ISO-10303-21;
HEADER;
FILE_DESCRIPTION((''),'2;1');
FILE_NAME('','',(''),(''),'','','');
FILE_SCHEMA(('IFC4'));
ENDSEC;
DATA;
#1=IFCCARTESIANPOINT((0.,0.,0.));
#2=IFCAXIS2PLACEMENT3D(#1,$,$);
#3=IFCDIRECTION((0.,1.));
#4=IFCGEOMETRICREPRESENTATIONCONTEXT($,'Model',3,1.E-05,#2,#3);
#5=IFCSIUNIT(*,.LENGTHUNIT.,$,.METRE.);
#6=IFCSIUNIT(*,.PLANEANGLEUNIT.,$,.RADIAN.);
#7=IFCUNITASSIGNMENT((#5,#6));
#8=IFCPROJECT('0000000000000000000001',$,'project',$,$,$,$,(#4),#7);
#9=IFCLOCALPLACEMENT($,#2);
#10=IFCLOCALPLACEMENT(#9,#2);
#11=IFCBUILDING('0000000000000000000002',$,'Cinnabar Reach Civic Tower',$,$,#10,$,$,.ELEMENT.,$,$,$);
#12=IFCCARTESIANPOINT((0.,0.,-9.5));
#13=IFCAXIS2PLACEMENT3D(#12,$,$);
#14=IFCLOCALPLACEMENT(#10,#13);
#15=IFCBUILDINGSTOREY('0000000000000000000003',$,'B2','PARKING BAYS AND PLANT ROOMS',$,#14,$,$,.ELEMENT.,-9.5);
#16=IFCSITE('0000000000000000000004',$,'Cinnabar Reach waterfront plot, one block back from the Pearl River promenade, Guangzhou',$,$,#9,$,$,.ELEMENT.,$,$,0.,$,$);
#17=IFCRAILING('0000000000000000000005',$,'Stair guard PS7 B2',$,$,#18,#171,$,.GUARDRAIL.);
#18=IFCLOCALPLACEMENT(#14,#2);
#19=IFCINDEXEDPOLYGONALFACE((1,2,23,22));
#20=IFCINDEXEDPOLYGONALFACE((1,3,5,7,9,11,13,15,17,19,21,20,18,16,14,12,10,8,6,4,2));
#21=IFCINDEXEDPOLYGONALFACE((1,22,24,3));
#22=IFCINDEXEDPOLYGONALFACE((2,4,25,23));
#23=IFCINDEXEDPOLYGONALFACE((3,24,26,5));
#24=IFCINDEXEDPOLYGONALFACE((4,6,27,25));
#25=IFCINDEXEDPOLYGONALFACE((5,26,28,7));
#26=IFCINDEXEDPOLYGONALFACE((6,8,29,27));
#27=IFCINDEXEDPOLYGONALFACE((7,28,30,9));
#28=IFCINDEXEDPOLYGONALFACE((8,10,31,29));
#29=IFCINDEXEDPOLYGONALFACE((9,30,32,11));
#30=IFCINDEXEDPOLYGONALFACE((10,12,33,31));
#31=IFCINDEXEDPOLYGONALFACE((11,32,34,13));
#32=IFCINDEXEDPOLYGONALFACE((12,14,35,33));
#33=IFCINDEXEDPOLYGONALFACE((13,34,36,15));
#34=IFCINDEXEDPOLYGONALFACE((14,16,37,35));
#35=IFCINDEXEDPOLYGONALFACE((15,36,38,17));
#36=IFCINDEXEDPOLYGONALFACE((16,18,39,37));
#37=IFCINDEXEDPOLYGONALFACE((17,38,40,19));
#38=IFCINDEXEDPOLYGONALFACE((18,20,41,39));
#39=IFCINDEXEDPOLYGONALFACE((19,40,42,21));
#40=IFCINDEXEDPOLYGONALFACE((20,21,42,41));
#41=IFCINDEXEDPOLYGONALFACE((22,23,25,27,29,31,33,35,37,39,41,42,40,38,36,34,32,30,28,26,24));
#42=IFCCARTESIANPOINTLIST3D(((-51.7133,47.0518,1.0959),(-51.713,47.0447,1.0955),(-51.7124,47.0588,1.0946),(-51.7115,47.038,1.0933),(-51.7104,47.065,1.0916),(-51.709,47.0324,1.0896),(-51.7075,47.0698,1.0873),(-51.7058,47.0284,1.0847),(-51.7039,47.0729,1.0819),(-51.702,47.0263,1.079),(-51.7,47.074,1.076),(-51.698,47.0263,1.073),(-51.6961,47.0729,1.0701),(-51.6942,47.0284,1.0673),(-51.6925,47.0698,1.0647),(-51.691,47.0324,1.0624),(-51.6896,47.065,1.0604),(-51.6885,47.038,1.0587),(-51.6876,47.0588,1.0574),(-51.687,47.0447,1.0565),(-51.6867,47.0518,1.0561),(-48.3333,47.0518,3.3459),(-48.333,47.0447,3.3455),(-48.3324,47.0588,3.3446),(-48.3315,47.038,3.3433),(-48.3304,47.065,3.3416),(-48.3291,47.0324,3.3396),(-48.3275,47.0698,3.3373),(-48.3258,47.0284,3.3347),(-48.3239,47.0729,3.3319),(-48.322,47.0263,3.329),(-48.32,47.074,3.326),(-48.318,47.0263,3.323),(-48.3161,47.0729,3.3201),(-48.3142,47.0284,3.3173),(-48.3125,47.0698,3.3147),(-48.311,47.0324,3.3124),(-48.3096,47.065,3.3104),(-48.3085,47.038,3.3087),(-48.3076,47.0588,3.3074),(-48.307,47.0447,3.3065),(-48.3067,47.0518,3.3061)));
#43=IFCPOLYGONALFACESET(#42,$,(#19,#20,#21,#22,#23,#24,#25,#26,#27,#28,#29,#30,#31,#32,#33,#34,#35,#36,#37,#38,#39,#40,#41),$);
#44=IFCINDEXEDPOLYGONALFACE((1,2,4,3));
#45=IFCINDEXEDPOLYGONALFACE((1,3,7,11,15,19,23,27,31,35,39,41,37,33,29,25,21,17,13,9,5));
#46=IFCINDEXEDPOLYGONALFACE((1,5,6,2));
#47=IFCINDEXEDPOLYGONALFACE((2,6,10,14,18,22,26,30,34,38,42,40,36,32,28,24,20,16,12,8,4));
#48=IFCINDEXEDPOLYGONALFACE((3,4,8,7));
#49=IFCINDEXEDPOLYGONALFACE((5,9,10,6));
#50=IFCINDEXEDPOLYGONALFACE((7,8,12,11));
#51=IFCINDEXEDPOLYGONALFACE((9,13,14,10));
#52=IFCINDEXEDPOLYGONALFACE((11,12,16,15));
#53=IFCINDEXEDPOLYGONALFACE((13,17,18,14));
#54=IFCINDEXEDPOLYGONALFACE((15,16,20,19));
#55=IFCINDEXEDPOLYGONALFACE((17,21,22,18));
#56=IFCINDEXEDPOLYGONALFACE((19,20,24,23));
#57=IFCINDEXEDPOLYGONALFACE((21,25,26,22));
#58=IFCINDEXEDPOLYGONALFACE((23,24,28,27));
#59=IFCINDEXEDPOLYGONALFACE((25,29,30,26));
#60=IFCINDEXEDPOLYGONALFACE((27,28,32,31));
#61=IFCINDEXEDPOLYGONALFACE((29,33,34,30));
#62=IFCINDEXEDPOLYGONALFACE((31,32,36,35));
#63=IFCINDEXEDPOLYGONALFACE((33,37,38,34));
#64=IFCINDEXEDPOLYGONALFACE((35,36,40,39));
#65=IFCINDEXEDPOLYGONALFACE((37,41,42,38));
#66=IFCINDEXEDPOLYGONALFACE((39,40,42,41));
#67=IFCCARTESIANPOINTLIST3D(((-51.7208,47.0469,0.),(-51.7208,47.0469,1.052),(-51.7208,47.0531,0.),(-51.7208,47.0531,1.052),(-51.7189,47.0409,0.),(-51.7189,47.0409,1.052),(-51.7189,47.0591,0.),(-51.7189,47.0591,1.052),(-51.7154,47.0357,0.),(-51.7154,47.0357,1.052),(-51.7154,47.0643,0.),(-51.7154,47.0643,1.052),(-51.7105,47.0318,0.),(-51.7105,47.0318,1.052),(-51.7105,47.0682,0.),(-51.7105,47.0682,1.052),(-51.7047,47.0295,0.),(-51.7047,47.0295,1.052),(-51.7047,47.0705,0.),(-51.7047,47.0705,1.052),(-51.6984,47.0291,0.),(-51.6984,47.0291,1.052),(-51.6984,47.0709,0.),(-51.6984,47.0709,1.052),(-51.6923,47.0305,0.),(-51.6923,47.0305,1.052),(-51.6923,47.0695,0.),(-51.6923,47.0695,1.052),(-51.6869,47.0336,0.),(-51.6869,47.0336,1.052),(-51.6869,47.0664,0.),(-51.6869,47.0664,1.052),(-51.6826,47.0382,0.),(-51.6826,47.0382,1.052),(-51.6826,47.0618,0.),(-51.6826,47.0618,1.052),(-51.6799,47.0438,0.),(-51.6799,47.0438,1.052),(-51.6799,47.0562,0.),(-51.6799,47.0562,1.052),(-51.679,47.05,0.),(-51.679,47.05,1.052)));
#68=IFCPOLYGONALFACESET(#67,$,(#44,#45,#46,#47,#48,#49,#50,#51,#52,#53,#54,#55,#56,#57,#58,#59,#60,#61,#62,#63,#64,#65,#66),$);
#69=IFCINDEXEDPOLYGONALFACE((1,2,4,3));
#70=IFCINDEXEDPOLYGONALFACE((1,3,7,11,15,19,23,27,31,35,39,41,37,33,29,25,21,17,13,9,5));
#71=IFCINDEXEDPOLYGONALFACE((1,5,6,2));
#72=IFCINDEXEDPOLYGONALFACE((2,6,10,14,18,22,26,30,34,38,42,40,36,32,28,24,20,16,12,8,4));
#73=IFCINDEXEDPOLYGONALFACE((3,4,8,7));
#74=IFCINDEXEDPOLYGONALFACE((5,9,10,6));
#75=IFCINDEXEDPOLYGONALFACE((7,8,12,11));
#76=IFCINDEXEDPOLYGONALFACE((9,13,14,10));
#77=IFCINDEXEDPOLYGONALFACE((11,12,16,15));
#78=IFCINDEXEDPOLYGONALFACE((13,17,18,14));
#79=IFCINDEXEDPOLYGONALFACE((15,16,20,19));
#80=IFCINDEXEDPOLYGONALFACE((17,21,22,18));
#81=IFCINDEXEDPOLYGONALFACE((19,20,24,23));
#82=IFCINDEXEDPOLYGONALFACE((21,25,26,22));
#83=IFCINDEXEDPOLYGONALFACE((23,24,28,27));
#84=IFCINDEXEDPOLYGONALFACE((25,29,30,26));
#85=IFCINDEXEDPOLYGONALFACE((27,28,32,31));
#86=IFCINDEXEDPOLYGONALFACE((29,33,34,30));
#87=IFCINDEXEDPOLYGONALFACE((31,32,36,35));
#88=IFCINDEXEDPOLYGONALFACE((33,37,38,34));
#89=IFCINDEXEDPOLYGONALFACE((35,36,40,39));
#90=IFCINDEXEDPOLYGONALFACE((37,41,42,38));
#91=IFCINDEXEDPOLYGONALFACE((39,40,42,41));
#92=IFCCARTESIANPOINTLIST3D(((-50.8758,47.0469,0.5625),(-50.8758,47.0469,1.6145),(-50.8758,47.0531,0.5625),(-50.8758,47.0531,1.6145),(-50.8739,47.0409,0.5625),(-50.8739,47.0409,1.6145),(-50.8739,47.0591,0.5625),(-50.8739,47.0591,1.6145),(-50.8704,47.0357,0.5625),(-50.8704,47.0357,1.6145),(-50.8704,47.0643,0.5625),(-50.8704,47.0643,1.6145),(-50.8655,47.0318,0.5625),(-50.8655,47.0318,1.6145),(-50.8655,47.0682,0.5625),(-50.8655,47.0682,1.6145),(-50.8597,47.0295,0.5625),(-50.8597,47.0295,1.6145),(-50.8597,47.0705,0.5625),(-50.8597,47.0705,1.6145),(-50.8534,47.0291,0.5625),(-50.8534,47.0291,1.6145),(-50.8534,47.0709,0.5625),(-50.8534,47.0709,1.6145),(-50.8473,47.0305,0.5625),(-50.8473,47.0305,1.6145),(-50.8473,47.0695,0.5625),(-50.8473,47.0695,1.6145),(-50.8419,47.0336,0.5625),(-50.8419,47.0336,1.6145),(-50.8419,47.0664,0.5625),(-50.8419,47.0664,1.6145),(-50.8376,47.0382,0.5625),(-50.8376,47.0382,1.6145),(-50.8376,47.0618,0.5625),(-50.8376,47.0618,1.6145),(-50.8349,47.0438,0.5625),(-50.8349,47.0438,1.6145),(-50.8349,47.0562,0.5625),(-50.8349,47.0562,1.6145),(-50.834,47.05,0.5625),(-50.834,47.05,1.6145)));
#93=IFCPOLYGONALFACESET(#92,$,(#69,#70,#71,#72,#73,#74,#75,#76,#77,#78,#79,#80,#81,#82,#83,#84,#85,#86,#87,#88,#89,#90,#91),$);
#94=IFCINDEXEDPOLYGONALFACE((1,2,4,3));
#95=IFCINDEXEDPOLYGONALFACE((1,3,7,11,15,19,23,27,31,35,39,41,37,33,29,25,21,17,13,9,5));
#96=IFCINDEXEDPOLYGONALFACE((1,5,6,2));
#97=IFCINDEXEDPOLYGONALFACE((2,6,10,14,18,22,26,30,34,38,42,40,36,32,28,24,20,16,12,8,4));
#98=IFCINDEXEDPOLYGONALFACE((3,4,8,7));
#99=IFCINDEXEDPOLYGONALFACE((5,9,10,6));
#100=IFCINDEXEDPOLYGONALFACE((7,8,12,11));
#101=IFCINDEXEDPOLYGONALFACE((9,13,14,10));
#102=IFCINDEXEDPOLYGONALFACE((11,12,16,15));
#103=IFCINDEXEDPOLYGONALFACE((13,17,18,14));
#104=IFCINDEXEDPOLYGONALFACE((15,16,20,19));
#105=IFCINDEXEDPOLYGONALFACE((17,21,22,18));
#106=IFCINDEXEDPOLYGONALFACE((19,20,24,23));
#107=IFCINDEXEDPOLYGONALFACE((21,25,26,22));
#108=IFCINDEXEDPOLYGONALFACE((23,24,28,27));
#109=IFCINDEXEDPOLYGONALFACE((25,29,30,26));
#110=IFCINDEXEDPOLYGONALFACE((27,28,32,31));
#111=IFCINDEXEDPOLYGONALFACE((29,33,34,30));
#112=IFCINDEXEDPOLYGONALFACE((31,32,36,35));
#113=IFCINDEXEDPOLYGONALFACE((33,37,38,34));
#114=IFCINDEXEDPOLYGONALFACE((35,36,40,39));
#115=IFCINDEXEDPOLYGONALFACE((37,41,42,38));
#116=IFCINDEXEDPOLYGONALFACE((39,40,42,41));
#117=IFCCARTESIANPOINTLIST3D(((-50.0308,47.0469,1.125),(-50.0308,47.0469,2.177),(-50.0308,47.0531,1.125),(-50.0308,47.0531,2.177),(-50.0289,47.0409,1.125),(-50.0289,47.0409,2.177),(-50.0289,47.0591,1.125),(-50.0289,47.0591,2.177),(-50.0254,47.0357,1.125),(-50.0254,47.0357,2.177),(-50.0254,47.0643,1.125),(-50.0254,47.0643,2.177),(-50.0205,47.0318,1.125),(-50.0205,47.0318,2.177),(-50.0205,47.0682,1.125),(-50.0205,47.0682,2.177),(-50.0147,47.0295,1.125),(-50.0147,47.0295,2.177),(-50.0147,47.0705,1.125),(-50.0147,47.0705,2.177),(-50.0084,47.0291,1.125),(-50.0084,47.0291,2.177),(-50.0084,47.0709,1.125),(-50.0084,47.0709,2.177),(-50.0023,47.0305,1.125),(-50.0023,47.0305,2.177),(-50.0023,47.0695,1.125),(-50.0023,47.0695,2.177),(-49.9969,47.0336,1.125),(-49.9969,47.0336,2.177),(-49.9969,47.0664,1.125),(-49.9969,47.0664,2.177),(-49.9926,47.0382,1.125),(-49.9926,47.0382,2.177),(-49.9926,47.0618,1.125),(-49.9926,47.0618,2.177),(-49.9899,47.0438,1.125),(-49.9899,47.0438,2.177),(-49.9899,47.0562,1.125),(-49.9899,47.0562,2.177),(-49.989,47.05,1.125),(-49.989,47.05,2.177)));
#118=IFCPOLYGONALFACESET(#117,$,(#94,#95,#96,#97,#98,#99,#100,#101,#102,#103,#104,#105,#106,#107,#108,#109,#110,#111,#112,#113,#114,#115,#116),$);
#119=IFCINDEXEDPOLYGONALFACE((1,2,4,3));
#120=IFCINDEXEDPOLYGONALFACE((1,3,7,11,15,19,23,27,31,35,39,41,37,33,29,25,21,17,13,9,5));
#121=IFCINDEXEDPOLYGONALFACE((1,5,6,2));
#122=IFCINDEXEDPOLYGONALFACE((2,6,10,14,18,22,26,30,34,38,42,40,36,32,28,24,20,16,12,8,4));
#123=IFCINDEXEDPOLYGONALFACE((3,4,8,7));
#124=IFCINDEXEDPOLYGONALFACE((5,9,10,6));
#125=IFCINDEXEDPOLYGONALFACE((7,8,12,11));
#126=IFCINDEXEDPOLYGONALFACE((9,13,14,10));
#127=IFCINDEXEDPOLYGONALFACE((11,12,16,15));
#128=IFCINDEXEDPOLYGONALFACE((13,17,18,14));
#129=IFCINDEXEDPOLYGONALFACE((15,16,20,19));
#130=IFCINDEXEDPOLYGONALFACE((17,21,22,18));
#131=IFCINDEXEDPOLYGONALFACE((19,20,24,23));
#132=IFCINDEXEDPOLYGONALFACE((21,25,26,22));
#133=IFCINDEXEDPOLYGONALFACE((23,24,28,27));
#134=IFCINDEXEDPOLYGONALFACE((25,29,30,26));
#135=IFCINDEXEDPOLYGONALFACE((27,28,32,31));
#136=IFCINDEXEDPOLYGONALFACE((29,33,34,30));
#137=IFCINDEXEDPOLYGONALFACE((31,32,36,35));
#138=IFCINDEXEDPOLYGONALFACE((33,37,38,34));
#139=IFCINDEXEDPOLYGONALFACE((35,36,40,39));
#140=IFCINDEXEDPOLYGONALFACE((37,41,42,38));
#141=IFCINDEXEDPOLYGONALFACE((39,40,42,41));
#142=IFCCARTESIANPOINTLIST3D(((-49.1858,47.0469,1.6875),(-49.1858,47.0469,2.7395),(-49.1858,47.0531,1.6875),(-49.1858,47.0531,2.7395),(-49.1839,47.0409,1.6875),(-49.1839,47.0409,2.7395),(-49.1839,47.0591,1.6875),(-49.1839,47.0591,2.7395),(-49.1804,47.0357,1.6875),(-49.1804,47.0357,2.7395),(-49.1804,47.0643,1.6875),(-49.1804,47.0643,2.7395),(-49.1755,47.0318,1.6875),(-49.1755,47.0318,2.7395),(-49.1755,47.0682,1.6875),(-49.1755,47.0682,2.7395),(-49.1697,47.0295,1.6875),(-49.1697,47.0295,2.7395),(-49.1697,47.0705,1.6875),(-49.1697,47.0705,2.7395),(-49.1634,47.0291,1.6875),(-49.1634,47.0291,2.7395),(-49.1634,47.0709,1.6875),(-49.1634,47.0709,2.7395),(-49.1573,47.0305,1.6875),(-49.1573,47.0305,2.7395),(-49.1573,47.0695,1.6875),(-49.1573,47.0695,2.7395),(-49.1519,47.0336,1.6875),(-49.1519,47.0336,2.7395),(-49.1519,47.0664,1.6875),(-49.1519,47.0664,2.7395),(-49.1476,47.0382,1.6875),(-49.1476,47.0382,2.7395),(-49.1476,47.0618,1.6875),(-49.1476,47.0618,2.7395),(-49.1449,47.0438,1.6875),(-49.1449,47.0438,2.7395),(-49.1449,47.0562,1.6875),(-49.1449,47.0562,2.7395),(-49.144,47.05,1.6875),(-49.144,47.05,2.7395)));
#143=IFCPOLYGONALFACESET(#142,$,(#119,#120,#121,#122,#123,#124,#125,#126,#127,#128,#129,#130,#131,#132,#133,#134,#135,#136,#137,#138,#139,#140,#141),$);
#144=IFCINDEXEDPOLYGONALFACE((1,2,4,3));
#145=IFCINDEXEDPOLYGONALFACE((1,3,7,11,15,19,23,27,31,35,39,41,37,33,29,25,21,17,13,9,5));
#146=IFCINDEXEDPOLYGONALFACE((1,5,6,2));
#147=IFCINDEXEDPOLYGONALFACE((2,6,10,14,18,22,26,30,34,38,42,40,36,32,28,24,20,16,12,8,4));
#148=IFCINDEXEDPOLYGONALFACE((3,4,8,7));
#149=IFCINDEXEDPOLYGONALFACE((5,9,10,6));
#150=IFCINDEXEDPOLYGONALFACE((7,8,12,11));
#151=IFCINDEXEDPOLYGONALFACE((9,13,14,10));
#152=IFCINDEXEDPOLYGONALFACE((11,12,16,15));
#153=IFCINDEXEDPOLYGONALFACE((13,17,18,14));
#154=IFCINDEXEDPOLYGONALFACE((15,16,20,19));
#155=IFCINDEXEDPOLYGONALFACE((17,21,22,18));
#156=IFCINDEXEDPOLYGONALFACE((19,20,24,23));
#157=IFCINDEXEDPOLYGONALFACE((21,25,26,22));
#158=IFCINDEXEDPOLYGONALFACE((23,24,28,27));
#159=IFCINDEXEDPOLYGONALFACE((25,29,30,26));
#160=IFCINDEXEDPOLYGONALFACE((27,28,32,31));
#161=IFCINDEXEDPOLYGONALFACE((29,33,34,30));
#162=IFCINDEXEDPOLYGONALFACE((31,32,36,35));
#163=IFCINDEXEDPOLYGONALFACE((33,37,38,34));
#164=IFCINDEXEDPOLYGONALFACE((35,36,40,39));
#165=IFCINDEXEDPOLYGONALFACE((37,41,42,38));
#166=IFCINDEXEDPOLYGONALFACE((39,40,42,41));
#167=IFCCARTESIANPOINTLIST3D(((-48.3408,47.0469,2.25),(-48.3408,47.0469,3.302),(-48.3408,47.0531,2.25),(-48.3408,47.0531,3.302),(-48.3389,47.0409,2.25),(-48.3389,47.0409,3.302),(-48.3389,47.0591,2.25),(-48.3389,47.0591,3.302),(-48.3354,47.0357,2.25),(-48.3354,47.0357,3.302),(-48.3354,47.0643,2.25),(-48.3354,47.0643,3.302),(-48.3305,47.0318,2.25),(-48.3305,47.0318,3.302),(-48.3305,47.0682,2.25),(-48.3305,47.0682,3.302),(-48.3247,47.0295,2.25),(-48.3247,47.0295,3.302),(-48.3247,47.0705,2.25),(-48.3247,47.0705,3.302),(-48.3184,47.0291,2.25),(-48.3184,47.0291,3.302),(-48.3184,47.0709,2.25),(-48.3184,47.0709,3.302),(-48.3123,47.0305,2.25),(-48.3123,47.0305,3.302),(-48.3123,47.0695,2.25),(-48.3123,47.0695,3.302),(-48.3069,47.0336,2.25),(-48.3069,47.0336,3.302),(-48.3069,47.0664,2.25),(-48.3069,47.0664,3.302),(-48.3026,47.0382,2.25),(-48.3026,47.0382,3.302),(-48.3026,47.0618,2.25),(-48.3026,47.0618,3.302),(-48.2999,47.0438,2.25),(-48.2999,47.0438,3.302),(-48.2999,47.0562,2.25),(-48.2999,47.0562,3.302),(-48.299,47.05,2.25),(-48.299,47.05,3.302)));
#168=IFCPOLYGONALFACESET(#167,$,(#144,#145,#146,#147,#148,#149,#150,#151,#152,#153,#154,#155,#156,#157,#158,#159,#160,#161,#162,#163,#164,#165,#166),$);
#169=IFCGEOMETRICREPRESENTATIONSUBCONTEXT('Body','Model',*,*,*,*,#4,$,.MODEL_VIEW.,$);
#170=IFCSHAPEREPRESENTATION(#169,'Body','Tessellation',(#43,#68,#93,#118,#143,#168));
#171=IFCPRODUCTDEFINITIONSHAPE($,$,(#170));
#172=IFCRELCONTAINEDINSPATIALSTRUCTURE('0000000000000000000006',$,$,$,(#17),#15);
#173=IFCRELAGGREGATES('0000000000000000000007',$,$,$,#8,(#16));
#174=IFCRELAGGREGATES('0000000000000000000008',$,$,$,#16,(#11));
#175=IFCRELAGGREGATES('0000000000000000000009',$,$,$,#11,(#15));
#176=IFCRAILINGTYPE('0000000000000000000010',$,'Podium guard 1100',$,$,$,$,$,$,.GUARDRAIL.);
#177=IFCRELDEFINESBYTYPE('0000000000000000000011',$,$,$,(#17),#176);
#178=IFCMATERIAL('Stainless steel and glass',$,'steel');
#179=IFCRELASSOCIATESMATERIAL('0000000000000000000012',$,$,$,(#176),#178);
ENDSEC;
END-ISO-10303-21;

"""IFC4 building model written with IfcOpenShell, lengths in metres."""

from ifc_helpers import new_model, si_unit, direction, frame, origin, origin_2d, place, context, subcontext, project, spatial, circle, extrude, material, type_object, element, save


model = new_model("IFC4")

# Units and contexts
model_context = context("Model", 3, precision=1e-05, world=origin(), true_north=direction((0.0, 1.0)))
body_context = subcontext(model_context, "Body", "Model", "MODEL_VIEW")
ifc_project = project(units=[si_unit("LENGTHUNIT", "METRE"), si_unit("PLANEANGLEUNIT", "RADIAN")], contexts=[model_context])

# Site, building, storey
site_placement = place(None, origin())
site = spatial("IfcSite", under=ifc_project, at=site_placement, Name="Cinnabar Reach waterfront plot, one block back from the Pearl River promenade, Guangzhou", CompositionType="ELEMENT", RefElevation=0.0)
building_placement = place(site_placement, origin())
building = spatial("IfcBuilding", under=site, at=building_placement, Name="Cinnabar Reach Civic Tower", CompositionType="ELEMENT")
storey_placement = place(building_placement, frame((0.0, 0.0, -9.5)))
storey = spatial("IfcBuildingStorey", under=building, at=storey_placement, Name="B2", Description="PARKING BAYS AND PLANT ROOMS", CompositionType="ELEMENT", Elevation=-9.5)

# Railing
ifc_material_1 = material(Name="Stainless steel and glass", Category="steel")
railing_type_1 = type_object("IfcRailingType", Name="Podium guard 1100", PredefinedType="GUARDRAIL", material=ifc_material_1)
railing_1_placement = place(storey_placement, frame((-51.7, 47.05, 0.0)))
element("IfcRailing", 1, at=railing_1_placement, inside=storey, type_object=railing_type_1, Name="Stair guard PS7 B2", PredefinedType="GUARDRAIL", context=body_context, shape_type="SweptSolid", body=[
    extrude(circle(Radius=0.024, at=origin_2d()), frame((0.0, 0.0, 1.076), z_axis=(0.832429, 0.0, 0.554132), x_axis=(0.0, 1.0, 0.0)), (0.0, 0.0, 1.0), 4.0604),
    extrude(circle(Radius=0.021, at=origin_2d()), origin(), (0.0, 0.0, 1.0), 1.052),
    extrude(circle(Radius=0.021, at=origin_2d()), frame((0.845, 0.0, 0.5625)), (0.0, 0.0, 1.0), 1.052),
    extrude(circle(Radius=0.021, at=origin_2d()), frame((1.69, 0.0, 1.125)), (0.0, 0.0, 1.0), 1.052),
    extrude(circle(Radius=0.021, at=origin_2d()), frame((2.535, 0.0, 1.6875)), (0.0, 0.0, 1.0), 1.052),
    extrude(circle(Radius=0.021, at=origin_2d()), frame((3.38, 0.0, 2.25)), (0.0, 0.0, 1.0), 1.052),
])

save(model, "model.ifc")
